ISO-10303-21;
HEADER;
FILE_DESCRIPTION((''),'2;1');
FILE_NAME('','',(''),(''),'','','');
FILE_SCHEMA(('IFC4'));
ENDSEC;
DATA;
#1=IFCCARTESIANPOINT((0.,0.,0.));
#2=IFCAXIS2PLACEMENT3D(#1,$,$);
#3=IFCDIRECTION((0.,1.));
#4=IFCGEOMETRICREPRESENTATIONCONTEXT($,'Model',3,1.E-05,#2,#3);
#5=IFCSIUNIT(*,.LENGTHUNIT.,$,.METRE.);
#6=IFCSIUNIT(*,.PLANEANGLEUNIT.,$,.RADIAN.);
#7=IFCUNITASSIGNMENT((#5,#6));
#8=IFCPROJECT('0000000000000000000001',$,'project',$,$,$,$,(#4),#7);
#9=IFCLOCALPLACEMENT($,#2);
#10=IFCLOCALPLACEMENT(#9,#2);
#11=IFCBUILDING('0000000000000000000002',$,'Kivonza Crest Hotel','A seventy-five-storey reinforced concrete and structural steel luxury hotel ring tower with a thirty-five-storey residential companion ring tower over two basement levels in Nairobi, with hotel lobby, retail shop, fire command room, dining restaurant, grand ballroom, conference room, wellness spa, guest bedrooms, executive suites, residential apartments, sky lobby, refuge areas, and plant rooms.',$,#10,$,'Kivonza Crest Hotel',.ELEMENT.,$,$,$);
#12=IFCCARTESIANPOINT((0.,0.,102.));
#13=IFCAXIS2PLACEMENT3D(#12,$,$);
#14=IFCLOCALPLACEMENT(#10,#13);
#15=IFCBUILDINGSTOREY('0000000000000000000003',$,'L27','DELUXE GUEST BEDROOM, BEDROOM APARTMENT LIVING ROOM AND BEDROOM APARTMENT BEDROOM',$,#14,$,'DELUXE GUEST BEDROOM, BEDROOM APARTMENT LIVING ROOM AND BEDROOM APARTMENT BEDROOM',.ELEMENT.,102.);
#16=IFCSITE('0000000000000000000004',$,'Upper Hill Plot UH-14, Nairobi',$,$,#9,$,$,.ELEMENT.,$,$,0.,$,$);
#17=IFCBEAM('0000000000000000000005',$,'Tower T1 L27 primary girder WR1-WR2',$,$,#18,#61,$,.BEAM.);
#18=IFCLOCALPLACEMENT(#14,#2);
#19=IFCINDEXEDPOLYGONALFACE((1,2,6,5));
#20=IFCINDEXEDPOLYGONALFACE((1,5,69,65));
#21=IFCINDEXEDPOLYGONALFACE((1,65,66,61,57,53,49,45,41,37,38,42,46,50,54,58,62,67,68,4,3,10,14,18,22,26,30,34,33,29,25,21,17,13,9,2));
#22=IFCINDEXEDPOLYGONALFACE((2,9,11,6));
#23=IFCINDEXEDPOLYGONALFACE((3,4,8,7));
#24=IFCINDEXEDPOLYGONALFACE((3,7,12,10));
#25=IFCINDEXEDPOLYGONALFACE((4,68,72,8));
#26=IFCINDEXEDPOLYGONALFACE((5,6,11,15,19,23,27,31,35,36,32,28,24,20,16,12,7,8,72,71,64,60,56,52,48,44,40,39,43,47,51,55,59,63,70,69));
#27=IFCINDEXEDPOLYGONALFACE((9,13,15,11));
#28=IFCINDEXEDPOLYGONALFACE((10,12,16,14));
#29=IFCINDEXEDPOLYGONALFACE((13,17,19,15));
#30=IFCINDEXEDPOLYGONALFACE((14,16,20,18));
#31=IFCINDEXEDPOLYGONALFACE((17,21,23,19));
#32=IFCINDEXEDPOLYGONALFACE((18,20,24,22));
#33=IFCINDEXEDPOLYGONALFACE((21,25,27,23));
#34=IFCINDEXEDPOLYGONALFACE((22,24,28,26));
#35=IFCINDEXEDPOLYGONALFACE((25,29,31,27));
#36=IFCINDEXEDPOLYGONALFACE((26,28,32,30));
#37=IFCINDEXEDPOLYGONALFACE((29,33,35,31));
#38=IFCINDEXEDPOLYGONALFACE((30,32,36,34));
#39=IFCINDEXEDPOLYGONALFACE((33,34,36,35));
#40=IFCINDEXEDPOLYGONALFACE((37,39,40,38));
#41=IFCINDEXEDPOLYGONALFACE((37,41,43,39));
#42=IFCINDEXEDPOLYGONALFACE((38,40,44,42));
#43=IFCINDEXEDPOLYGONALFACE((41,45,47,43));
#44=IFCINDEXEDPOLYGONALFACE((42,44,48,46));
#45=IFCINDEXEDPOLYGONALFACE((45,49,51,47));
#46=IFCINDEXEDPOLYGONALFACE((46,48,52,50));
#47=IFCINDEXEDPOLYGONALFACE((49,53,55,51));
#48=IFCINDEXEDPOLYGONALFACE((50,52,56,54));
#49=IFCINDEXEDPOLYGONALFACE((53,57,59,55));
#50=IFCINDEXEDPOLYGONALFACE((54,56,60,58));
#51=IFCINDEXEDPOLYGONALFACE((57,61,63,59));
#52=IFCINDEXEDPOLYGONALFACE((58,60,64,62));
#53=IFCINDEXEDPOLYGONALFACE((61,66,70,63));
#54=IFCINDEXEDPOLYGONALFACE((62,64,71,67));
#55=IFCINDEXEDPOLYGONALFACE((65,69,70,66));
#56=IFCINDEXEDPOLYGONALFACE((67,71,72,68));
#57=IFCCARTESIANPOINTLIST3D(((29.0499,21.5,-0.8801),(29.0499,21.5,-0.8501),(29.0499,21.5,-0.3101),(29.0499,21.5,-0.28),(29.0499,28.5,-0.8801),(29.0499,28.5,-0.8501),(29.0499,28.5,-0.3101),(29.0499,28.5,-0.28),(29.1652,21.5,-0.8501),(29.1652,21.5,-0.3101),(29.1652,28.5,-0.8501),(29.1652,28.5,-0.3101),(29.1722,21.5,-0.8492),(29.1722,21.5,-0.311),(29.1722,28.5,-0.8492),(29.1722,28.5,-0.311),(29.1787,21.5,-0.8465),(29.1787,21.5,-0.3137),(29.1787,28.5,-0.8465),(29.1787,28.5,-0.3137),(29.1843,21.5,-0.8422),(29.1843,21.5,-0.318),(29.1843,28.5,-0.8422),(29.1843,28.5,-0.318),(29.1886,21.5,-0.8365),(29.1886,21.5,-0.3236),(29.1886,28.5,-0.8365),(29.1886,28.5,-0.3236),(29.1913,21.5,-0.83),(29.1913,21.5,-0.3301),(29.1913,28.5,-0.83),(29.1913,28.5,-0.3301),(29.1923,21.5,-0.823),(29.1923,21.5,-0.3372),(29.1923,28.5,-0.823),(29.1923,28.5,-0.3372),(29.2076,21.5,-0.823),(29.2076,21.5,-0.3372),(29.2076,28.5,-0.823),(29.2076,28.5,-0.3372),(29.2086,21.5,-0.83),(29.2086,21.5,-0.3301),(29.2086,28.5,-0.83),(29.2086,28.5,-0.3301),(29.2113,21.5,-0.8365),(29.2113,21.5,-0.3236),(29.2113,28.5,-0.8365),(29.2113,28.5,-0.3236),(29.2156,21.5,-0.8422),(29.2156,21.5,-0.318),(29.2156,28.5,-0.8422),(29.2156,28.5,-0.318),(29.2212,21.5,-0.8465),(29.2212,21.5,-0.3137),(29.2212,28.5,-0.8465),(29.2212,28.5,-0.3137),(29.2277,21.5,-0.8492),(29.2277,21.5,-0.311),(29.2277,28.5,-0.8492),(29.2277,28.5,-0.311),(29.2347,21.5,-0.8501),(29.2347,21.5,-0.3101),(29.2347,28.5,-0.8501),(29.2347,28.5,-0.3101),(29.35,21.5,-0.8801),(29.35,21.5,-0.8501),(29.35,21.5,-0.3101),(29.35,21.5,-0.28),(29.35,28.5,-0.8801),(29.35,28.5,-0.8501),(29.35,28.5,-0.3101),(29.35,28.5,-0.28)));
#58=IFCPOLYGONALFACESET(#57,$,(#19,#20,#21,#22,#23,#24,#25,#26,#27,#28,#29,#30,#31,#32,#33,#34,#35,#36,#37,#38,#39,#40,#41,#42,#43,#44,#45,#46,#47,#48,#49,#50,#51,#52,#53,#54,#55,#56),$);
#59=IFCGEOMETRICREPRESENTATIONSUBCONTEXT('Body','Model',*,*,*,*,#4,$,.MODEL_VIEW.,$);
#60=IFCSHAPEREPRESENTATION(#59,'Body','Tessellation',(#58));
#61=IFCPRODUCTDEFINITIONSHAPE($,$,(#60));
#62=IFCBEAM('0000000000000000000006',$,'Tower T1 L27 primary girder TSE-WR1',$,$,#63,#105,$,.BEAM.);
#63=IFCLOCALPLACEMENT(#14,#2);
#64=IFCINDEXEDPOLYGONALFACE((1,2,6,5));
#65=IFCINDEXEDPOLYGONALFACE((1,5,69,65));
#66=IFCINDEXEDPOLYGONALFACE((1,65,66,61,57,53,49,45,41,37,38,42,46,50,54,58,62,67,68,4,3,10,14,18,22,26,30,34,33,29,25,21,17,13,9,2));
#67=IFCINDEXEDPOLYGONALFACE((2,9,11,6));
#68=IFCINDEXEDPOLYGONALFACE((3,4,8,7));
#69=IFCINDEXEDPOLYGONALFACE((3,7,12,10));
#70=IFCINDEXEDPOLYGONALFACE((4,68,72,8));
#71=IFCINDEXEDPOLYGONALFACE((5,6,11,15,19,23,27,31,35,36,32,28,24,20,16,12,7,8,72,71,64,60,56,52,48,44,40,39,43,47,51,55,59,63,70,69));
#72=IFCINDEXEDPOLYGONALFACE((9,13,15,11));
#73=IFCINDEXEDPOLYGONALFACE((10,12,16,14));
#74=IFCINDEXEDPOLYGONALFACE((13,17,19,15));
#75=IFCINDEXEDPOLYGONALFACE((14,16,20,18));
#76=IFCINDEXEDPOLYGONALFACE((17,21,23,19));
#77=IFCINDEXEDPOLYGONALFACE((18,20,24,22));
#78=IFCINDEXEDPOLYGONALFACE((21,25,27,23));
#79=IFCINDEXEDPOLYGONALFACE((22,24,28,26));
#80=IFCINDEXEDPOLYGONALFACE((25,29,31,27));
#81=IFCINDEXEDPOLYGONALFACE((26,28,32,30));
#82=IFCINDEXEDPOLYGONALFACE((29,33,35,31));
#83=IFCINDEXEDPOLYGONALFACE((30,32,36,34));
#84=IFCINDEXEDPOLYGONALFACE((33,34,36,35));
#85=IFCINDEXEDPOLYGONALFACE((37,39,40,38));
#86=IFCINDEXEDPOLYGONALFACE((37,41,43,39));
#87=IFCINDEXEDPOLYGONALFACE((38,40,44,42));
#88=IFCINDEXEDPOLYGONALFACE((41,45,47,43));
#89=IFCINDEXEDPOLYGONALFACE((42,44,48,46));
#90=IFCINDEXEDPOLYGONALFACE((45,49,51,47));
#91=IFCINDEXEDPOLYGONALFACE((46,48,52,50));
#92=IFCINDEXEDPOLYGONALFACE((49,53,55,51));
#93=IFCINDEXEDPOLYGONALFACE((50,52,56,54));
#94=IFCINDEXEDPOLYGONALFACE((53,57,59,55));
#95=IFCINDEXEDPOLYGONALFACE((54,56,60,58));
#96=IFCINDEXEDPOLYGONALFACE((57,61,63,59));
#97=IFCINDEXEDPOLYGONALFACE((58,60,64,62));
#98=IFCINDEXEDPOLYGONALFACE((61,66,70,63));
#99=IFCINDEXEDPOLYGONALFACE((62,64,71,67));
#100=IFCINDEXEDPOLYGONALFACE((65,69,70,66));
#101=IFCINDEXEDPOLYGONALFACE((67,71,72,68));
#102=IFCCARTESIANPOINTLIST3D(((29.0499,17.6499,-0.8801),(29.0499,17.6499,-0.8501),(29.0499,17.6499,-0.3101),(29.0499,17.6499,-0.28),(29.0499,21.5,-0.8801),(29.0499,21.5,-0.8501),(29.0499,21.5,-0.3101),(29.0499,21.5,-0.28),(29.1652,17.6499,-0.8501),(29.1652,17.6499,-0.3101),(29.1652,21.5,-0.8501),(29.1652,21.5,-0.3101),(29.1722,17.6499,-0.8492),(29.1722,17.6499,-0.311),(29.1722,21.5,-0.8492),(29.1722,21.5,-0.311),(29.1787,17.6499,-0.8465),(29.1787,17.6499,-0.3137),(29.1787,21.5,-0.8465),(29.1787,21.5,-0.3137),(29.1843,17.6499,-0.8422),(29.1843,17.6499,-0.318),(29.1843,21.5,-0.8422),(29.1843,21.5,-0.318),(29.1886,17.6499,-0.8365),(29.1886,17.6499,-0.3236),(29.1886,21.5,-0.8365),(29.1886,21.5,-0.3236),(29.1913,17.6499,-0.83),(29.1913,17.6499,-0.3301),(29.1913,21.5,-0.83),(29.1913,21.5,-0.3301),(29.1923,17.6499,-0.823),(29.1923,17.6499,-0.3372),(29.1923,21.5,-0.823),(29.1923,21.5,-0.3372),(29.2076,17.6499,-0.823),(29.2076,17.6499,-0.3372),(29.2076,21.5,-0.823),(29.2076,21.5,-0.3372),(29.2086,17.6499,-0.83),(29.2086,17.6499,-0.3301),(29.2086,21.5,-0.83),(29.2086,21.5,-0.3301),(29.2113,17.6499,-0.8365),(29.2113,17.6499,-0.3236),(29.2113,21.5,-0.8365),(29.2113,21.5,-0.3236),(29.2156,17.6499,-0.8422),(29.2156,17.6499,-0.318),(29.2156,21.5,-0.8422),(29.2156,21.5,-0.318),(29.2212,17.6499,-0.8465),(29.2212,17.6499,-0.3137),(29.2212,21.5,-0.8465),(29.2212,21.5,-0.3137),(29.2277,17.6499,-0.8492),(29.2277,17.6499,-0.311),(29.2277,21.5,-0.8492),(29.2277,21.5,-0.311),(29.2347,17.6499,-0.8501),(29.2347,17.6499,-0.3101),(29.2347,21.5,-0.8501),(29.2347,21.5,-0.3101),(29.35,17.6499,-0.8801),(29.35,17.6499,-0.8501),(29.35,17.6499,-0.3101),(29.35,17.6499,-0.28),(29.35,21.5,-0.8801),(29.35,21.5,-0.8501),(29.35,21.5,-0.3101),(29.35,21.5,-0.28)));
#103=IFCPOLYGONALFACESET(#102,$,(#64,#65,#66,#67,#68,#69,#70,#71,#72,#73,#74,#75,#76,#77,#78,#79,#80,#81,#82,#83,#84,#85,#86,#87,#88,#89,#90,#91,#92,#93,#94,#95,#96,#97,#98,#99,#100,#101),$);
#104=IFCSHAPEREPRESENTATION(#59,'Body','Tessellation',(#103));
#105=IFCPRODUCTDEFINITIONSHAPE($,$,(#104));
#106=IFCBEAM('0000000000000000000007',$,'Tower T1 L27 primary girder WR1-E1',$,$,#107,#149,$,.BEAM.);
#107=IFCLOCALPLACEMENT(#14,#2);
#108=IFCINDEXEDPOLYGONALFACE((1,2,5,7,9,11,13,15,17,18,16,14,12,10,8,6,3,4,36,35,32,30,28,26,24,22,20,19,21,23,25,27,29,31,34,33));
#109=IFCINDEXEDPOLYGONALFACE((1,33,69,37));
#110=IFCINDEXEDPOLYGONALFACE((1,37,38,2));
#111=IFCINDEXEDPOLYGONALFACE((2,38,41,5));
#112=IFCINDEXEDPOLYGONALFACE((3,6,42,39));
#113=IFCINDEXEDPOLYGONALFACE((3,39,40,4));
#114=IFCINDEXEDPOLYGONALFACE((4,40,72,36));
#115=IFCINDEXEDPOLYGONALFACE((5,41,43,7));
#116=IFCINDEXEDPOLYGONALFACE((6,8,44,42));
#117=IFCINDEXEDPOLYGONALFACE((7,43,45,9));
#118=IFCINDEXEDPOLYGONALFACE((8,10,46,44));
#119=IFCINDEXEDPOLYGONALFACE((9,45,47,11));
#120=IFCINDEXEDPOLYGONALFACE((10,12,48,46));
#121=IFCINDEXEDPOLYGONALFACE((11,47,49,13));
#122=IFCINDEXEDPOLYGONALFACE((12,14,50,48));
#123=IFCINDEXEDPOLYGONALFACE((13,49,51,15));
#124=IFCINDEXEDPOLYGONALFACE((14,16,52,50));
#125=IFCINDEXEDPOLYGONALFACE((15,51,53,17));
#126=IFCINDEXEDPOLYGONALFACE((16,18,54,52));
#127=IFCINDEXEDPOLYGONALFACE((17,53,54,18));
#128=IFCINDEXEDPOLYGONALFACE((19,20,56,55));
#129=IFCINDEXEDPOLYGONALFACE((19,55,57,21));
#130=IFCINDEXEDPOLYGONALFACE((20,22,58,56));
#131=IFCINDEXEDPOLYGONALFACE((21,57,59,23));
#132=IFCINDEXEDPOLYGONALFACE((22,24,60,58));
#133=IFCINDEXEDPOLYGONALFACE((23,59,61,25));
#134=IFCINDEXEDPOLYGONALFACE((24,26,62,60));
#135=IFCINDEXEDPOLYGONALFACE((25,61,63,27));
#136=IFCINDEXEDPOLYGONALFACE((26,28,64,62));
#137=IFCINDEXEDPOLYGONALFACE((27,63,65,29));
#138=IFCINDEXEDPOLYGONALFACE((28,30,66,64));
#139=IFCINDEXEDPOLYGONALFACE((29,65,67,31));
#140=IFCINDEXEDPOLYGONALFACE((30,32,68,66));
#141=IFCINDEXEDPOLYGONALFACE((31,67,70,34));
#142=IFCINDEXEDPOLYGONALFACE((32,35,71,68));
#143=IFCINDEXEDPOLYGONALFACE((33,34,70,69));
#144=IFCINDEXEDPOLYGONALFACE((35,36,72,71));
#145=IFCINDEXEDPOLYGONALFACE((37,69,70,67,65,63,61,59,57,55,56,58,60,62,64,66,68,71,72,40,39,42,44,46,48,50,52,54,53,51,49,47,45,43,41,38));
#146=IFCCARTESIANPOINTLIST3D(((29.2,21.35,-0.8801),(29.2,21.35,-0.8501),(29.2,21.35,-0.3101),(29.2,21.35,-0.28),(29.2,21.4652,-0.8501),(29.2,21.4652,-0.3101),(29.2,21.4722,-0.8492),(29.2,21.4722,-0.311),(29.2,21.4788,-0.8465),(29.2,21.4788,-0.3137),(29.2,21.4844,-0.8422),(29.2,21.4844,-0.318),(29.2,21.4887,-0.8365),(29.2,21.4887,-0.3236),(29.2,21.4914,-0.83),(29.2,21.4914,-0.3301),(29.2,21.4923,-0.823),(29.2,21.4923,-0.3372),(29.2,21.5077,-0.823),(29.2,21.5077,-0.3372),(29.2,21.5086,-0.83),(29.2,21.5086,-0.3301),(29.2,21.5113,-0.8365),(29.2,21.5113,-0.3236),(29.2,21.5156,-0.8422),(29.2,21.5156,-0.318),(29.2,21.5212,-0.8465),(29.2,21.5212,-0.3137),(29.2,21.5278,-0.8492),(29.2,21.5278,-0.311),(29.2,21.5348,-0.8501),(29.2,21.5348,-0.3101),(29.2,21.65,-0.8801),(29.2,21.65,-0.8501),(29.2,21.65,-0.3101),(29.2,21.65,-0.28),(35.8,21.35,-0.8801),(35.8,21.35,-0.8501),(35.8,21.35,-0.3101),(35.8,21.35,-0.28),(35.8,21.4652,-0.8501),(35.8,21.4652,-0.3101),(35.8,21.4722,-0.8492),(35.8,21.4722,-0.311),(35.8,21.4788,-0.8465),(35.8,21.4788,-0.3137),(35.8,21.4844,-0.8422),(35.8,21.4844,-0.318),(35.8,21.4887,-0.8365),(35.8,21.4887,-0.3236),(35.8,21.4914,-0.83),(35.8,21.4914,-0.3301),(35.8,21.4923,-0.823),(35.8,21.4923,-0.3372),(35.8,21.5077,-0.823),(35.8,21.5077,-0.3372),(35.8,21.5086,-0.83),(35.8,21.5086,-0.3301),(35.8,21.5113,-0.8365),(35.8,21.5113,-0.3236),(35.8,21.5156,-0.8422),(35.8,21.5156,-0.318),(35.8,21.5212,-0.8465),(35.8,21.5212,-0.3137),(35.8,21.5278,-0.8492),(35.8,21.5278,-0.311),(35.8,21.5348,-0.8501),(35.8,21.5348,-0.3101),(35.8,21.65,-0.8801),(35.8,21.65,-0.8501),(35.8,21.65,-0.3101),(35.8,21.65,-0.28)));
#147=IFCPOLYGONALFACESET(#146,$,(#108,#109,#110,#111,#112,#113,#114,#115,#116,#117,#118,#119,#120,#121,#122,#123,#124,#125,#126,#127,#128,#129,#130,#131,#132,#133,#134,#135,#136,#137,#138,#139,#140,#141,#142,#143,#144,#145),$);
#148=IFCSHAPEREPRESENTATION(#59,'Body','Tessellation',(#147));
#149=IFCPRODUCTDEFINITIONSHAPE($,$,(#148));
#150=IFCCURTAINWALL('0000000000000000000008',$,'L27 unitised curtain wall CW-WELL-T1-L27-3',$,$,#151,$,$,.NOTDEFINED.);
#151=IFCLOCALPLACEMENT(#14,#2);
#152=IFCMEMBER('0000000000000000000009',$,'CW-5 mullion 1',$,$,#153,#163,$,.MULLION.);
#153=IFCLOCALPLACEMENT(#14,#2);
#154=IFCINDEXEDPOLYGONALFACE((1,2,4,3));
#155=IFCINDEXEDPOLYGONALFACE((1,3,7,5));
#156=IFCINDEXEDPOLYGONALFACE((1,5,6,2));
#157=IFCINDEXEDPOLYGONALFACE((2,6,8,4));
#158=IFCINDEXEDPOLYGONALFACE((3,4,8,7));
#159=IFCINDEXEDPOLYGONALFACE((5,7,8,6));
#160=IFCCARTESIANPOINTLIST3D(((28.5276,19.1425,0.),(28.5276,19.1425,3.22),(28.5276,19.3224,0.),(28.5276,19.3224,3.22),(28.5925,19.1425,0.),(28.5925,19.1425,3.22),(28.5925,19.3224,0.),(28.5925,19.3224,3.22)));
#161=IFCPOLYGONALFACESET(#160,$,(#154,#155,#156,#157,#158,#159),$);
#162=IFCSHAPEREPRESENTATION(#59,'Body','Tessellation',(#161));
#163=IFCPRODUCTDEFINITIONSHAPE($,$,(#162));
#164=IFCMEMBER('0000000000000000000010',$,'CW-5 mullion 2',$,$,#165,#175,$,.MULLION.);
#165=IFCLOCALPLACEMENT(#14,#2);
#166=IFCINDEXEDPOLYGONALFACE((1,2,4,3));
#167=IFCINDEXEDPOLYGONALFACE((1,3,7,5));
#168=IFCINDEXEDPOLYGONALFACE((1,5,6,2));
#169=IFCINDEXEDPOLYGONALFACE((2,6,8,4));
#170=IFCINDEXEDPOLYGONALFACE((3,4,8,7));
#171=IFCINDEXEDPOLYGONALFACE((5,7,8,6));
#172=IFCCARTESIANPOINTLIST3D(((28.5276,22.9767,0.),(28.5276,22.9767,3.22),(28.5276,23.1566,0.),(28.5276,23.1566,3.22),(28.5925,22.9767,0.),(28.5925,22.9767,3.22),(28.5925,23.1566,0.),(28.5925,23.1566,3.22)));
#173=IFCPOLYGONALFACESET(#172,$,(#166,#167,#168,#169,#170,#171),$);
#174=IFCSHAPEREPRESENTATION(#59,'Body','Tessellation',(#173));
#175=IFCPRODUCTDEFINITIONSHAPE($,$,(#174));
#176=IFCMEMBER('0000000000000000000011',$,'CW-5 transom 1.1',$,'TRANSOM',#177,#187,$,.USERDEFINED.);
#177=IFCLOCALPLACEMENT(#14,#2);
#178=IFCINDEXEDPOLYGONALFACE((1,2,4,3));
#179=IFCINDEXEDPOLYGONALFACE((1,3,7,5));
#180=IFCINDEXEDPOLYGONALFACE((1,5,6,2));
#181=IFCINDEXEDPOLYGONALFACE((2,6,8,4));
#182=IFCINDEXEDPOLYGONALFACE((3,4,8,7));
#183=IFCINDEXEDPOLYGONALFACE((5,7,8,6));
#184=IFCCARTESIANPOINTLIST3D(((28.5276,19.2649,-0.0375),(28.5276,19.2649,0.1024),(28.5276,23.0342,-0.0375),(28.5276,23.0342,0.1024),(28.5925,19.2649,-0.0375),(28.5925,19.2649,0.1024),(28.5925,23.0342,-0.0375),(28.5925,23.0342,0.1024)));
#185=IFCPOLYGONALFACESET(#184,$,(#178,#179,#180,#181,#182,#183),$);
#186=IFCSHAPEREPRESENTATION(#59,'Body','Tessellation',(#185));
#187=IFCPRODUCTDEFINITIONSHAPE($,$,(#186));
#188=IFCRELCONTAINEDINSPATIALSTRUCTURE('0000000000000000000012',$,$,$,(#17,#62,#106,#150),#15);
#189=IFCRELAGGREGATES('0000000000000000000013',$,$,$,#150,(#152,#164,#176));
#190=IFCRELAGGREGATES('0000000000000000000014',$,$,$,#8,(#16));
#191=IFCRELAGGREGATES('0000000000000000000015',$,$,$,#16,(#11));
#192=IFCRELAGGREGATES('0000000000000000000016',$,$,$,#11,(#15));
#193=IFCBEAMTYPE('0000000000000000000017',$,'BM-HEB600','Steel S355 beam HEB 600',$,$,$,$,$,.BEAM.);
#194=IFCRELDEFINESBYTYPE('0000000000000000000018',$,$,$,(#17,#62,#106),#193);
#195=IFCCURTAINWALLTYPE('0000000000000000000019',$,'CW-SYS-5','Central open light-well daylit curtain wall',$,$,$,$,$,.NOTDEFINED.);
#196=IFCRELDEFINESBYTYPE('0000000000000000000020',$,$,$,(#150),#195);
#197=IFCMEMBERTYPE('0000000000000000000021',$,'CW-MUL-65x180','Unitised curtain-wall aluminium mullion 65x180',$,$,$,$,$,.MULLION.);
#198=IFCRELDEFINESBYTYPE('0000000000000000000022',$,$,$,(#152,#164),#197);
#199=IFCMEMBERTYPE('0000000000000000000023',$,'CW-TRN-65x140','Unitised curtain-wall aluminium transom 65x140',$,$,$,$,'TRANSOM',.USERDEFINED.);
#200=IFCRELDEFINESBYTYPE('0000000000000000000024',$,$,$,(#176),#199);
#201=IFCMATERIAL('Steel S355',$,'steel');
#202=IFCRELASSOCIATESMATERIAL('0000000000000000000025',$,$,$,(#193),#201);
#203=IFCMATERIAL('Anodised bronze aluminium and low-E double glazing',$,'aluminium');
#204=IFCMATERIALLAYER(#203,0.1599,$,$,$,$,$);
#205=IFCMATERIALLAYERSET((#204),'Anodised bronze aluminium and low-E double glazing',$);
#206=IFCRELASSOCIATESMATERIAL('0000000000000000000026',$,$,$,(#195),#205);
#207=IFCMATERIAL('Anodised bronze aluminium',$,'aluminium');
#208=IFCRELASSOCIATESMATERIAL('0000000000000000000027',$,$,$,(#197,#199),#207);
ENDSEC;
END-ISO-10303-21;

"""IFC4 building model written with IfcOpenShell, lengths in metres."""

from ifc_helpers import new_model, si_unit, direction, frame, origin, origin_2d, place, context, subcontext, project, spatial, rectangle, i_section, extrude, material, layer, layer_set, material_profile, profile_set, type_object, element, aggregate, save


model = new_model("IFC4")

# Units and contexts
model_context = context("Model", 3, precision=1e-05, world=origin(), true_north=direction((0.0, 1.0)))
body_context = subcontext(model_context, "Body", "Model", "MODEL_VIEW")
ifc_project = project(units=[si_unit("LENGTHUNIT", "METRE"), si_unit("PLANEANGLEUNIT", "RADIAN")], contexts=[model_context])

# Site, building, storey
site_placement = place(None, origin())
site = spatial("IfcSite", under=ifc_project, at=site_placement, Name="Upper Hill Plot UH-14, Nairobi", CompositionType="ELEMENT", RefElevation=0.0)
building_placement = place(site_placement, origin())
building = spatial("IfcBuilding", under=site, at=building_placement, Name="Kivonza Crest Hotel", Description="A seventy-five-storey reinforced concrete and structural steel luxury hotel ring tower with a thirty-five-storey residential companion ring tower over two basement levels in Nairobi, with hotel lobby, retail shop, fire command room, dining restaurant, grand ballroom, conference room, wellness spa, guest bedrooms, executive suites, residential apartments, sky lobby, refuge areas, and plant rooms.", LongName="Kivonza Crest Hotel", CompositionType="ELEMENT")
storey_placement = place(building_placement, frame((0.0, 0.0, 102.0)))
storey = spatial("IfcBuildingStorey", under=building, at=storey_placement, Name="L27", Description="DELUXE GUEST BEDROOM, BEDROOM APARTMENT LIVING ROOM AND BEDROOM APARTMENT BEDROOM", LongName="DELUXE GUEST BEDROOM, BEDROOM APARTMENT LIVING ROOM AND BEDROOM APARTMENT BEDROOM", CompositionType="ELEMENT", Elevation=102.0)

# Beams
ifc_material_1 = material(Name="Steel S355", Category="steel")
ifc_material_profile_1 = material_profile(ifc_material_1, i_section(OverallWidth=0.3, OverallDepth=0.6001, WebThickness=0.0154, FlangeThickness=0.03, FilletRadius=0.0271, at=origin_2d()), Name="HEB 600")
ifc_profile_set_1 = profile_set([ifc_material_profile_1], Name="Steel S355")
beam_type_1 = type_object("IfcBeamType", Name="BM-HEB600", Description="Steel S355 beam HEB 600", PredefinedType="BEAM", material=ifc_profile_set_1)
beam_1_placement = place(storey_placement, frame((29.2, 21.5, -0.5801), z_axis=(0.0, 1.0, 0.0), x_axis=(-1.0, 0.0, 0.0)))
element("IfcBeam", 1, at=beam_1_placement, inside=storey, type_object=beam_type_1, Name="Tower T1 L27 primary girder WR1-WR2", PredefinedType="BEAM", context=body_context, shape_type="SweptSolid", body=[
    extrude(i_section(OverallWidth=0.3, OverallDepth=0.6001, WebThickness=0.0154, FlangeThickness=0.03, FilletRadius=0.0271, at=origin_2d()), origin(), (0.0, 0.0, 1.0), 7.0),
])
beam_2_placement = place(storey_placement, frame((29.2, 17.6499, -0.5801), z_axis=(0.0, 1.0, 0.0), x_axis=(-1.0, 0.0, 0.0)))
element("IfcBeam", 2, at=beam_2_placement, inside=storey, type_object=beam_type_1, Name="Tower T1 L27 primary girder TSE-WR1", PredefinedType="BEAM", context=body_context, shape_type="SweptSolid", body=[
    extrude(i_section(OverallWidth=0.3, OverallDepth=0.6001, WebThickness=0.0154, FlangeThickness=0.03, FilletRadius=0.0271, at=origin_2d()), origin(), (0.0, 0.0, 1.0), 3.8501),
])
beam_3_placement = place(storey_placement, frame((29.2, 21.5, -0.5801), z_axis=(1.0, 0.0, 0.0), x_axis=(0.0, 1.0, 0.0)))
element("IfcBeam", 3, at=beam_3_placement, inside=storey, type_object=beam_type_1, Name="Tower T1 L27 primary girder WR1-E1", PredefinedType="BEAM", context=body_context, shape_type="SweptSolid", body=[
    extrude(i_section(OverallWidth=0.3, OverallDepth=0.6001, WebThickness=0.0154, FlangeThickness=0.03, FilletRadius=0.0271, at=origin_2d()), origin(), (0.0, 0.0, 1.0), 6.6001),
])

# Curtain wall, members
ifc_material_2 = material(Name="Anodised bronze aluminium and low-E double glazing", Category="aluminium")
ifc_layer_1 = layer(ifc_material_2, 0.1599)
ifc_layer_set_1 = layer_set([ifc_layer_1], Name="Anodised bronze aluminium and low-E double glazing")
curtain_wall_type = type_object("IfcCurtainWallType", Name="CW-SYS-5", Description="Central open light-well daylit curtain wall", PredefinedType="NOTDEFINED", material=ifc_layer_set_1)
curtain_wall_placement = place(storey_placement, origin())
curtain_wall = element("IfcCurtainWall", 4, at=curtain_wall_placement, inside=storey, type_object=curtain_wall_type, Name="L27 unitised curtain wall CW-WELL-T1-L27-3", PredefinedType="NOTDEFINED")
ifc_material_3 = material(Name="Anodised bronze aluminium", Category="aluminium")
ifc_material_profile_2 = material_profile(ifc_material_3, rectangle(XDim=0.0649, YDim=0.1799, at=origin_2d()), Name="CW-M 65x180")
ifc_profile_set_2 = profile_set([ifc_material_profile_2], Name="Anodised bronze aluminium")
member_type_1 = type_object("IfcMemberType", Name="CW-MUL-65x180", Description="Unitised curtain-wall aluminium mullion 65x180", PredefinedType="MULLION", material=ifc_profile_set_2)
member_1_placement = place(storey_placement, frame((28.5601, 19.2324, 0.0), z_axis=(0.0, 0.0, 1.0), x_axis=(-1.0, 0.0, 0.0)))
member_1 = element("IfcMember", 5, at=member_1_placement, type_object=member_type_1, Name="CW-5 mullion 1", PredefinedType="MULLION", context=body_context, shape_type="SweptSolid", body=[
    extrude(rectangle(XDim=0.0649, YDim=0.1799, at=origin_2d()), origin(), (0.0, 0.0, 1.0), 3.22),
])
member_2_placement = place(storey_placement, frame((28.5601, 23.0667, 0.0), z_axis=(0.0, 0.0, 1.0), x_axis=(-1.0, 0.0, 0.0)))
member_2 = element("IfcMember", 6, at=member_2_placement, type_object=member_type_1, Name="CW-5 mullion 2", PredefinedType="MULLION", context=body_context, shape_type="SweptSolid", body=[
    extrude(rectangle(XDim=0.0649, YDim=0.1799, at=origin_2d()), origin(), (0.0, 0.0, 1.0), 3.22),
])
ifc_material_profile_3 = material_profile(ifc_material_3, rectangle(XDim=0.0649, YDim=0.1399, at=origin_2d()), Name="CW-T 65x140")
ifc_profile_set_3 = profile_set([ifc_material_profile_3], Name="Anodised bronze aluminium")
member_type_2 = type_object("IfcMemberType", Name="CW-TRN-65x140", Description="Unitised curtain-wall aluminium transom 65x140", ElementType="TRANSOM", PredefinedType="USERDEFINED", material=ifc_profile_set_3)
member_3_placement = place(storey_placement, frame((28.5601, 19.2649, 0.0325), z_axis=(0.0, 1.0, 0.0), x_axis=(-1.0, 0.0, 0.0)))
member_3 = element("IfcMember", 7, at=member_3_placement, type_object=member_type_2, Name="CW-5 transom 1.1", ObjectType="TRANSOM", PredefinedType="USERDEFINED", context=body_context, shape_type="SweptSolid", body=[
    extrude(rectangle(XDim=0.0649, YDim=0.1399, at=origin_2d()), origin(), (0.0, 0.0, 1.0), 3.7693),
])
aggregate(curtain_wall, [member_1, member_2, member_3])

save(model, "model.ifc")
